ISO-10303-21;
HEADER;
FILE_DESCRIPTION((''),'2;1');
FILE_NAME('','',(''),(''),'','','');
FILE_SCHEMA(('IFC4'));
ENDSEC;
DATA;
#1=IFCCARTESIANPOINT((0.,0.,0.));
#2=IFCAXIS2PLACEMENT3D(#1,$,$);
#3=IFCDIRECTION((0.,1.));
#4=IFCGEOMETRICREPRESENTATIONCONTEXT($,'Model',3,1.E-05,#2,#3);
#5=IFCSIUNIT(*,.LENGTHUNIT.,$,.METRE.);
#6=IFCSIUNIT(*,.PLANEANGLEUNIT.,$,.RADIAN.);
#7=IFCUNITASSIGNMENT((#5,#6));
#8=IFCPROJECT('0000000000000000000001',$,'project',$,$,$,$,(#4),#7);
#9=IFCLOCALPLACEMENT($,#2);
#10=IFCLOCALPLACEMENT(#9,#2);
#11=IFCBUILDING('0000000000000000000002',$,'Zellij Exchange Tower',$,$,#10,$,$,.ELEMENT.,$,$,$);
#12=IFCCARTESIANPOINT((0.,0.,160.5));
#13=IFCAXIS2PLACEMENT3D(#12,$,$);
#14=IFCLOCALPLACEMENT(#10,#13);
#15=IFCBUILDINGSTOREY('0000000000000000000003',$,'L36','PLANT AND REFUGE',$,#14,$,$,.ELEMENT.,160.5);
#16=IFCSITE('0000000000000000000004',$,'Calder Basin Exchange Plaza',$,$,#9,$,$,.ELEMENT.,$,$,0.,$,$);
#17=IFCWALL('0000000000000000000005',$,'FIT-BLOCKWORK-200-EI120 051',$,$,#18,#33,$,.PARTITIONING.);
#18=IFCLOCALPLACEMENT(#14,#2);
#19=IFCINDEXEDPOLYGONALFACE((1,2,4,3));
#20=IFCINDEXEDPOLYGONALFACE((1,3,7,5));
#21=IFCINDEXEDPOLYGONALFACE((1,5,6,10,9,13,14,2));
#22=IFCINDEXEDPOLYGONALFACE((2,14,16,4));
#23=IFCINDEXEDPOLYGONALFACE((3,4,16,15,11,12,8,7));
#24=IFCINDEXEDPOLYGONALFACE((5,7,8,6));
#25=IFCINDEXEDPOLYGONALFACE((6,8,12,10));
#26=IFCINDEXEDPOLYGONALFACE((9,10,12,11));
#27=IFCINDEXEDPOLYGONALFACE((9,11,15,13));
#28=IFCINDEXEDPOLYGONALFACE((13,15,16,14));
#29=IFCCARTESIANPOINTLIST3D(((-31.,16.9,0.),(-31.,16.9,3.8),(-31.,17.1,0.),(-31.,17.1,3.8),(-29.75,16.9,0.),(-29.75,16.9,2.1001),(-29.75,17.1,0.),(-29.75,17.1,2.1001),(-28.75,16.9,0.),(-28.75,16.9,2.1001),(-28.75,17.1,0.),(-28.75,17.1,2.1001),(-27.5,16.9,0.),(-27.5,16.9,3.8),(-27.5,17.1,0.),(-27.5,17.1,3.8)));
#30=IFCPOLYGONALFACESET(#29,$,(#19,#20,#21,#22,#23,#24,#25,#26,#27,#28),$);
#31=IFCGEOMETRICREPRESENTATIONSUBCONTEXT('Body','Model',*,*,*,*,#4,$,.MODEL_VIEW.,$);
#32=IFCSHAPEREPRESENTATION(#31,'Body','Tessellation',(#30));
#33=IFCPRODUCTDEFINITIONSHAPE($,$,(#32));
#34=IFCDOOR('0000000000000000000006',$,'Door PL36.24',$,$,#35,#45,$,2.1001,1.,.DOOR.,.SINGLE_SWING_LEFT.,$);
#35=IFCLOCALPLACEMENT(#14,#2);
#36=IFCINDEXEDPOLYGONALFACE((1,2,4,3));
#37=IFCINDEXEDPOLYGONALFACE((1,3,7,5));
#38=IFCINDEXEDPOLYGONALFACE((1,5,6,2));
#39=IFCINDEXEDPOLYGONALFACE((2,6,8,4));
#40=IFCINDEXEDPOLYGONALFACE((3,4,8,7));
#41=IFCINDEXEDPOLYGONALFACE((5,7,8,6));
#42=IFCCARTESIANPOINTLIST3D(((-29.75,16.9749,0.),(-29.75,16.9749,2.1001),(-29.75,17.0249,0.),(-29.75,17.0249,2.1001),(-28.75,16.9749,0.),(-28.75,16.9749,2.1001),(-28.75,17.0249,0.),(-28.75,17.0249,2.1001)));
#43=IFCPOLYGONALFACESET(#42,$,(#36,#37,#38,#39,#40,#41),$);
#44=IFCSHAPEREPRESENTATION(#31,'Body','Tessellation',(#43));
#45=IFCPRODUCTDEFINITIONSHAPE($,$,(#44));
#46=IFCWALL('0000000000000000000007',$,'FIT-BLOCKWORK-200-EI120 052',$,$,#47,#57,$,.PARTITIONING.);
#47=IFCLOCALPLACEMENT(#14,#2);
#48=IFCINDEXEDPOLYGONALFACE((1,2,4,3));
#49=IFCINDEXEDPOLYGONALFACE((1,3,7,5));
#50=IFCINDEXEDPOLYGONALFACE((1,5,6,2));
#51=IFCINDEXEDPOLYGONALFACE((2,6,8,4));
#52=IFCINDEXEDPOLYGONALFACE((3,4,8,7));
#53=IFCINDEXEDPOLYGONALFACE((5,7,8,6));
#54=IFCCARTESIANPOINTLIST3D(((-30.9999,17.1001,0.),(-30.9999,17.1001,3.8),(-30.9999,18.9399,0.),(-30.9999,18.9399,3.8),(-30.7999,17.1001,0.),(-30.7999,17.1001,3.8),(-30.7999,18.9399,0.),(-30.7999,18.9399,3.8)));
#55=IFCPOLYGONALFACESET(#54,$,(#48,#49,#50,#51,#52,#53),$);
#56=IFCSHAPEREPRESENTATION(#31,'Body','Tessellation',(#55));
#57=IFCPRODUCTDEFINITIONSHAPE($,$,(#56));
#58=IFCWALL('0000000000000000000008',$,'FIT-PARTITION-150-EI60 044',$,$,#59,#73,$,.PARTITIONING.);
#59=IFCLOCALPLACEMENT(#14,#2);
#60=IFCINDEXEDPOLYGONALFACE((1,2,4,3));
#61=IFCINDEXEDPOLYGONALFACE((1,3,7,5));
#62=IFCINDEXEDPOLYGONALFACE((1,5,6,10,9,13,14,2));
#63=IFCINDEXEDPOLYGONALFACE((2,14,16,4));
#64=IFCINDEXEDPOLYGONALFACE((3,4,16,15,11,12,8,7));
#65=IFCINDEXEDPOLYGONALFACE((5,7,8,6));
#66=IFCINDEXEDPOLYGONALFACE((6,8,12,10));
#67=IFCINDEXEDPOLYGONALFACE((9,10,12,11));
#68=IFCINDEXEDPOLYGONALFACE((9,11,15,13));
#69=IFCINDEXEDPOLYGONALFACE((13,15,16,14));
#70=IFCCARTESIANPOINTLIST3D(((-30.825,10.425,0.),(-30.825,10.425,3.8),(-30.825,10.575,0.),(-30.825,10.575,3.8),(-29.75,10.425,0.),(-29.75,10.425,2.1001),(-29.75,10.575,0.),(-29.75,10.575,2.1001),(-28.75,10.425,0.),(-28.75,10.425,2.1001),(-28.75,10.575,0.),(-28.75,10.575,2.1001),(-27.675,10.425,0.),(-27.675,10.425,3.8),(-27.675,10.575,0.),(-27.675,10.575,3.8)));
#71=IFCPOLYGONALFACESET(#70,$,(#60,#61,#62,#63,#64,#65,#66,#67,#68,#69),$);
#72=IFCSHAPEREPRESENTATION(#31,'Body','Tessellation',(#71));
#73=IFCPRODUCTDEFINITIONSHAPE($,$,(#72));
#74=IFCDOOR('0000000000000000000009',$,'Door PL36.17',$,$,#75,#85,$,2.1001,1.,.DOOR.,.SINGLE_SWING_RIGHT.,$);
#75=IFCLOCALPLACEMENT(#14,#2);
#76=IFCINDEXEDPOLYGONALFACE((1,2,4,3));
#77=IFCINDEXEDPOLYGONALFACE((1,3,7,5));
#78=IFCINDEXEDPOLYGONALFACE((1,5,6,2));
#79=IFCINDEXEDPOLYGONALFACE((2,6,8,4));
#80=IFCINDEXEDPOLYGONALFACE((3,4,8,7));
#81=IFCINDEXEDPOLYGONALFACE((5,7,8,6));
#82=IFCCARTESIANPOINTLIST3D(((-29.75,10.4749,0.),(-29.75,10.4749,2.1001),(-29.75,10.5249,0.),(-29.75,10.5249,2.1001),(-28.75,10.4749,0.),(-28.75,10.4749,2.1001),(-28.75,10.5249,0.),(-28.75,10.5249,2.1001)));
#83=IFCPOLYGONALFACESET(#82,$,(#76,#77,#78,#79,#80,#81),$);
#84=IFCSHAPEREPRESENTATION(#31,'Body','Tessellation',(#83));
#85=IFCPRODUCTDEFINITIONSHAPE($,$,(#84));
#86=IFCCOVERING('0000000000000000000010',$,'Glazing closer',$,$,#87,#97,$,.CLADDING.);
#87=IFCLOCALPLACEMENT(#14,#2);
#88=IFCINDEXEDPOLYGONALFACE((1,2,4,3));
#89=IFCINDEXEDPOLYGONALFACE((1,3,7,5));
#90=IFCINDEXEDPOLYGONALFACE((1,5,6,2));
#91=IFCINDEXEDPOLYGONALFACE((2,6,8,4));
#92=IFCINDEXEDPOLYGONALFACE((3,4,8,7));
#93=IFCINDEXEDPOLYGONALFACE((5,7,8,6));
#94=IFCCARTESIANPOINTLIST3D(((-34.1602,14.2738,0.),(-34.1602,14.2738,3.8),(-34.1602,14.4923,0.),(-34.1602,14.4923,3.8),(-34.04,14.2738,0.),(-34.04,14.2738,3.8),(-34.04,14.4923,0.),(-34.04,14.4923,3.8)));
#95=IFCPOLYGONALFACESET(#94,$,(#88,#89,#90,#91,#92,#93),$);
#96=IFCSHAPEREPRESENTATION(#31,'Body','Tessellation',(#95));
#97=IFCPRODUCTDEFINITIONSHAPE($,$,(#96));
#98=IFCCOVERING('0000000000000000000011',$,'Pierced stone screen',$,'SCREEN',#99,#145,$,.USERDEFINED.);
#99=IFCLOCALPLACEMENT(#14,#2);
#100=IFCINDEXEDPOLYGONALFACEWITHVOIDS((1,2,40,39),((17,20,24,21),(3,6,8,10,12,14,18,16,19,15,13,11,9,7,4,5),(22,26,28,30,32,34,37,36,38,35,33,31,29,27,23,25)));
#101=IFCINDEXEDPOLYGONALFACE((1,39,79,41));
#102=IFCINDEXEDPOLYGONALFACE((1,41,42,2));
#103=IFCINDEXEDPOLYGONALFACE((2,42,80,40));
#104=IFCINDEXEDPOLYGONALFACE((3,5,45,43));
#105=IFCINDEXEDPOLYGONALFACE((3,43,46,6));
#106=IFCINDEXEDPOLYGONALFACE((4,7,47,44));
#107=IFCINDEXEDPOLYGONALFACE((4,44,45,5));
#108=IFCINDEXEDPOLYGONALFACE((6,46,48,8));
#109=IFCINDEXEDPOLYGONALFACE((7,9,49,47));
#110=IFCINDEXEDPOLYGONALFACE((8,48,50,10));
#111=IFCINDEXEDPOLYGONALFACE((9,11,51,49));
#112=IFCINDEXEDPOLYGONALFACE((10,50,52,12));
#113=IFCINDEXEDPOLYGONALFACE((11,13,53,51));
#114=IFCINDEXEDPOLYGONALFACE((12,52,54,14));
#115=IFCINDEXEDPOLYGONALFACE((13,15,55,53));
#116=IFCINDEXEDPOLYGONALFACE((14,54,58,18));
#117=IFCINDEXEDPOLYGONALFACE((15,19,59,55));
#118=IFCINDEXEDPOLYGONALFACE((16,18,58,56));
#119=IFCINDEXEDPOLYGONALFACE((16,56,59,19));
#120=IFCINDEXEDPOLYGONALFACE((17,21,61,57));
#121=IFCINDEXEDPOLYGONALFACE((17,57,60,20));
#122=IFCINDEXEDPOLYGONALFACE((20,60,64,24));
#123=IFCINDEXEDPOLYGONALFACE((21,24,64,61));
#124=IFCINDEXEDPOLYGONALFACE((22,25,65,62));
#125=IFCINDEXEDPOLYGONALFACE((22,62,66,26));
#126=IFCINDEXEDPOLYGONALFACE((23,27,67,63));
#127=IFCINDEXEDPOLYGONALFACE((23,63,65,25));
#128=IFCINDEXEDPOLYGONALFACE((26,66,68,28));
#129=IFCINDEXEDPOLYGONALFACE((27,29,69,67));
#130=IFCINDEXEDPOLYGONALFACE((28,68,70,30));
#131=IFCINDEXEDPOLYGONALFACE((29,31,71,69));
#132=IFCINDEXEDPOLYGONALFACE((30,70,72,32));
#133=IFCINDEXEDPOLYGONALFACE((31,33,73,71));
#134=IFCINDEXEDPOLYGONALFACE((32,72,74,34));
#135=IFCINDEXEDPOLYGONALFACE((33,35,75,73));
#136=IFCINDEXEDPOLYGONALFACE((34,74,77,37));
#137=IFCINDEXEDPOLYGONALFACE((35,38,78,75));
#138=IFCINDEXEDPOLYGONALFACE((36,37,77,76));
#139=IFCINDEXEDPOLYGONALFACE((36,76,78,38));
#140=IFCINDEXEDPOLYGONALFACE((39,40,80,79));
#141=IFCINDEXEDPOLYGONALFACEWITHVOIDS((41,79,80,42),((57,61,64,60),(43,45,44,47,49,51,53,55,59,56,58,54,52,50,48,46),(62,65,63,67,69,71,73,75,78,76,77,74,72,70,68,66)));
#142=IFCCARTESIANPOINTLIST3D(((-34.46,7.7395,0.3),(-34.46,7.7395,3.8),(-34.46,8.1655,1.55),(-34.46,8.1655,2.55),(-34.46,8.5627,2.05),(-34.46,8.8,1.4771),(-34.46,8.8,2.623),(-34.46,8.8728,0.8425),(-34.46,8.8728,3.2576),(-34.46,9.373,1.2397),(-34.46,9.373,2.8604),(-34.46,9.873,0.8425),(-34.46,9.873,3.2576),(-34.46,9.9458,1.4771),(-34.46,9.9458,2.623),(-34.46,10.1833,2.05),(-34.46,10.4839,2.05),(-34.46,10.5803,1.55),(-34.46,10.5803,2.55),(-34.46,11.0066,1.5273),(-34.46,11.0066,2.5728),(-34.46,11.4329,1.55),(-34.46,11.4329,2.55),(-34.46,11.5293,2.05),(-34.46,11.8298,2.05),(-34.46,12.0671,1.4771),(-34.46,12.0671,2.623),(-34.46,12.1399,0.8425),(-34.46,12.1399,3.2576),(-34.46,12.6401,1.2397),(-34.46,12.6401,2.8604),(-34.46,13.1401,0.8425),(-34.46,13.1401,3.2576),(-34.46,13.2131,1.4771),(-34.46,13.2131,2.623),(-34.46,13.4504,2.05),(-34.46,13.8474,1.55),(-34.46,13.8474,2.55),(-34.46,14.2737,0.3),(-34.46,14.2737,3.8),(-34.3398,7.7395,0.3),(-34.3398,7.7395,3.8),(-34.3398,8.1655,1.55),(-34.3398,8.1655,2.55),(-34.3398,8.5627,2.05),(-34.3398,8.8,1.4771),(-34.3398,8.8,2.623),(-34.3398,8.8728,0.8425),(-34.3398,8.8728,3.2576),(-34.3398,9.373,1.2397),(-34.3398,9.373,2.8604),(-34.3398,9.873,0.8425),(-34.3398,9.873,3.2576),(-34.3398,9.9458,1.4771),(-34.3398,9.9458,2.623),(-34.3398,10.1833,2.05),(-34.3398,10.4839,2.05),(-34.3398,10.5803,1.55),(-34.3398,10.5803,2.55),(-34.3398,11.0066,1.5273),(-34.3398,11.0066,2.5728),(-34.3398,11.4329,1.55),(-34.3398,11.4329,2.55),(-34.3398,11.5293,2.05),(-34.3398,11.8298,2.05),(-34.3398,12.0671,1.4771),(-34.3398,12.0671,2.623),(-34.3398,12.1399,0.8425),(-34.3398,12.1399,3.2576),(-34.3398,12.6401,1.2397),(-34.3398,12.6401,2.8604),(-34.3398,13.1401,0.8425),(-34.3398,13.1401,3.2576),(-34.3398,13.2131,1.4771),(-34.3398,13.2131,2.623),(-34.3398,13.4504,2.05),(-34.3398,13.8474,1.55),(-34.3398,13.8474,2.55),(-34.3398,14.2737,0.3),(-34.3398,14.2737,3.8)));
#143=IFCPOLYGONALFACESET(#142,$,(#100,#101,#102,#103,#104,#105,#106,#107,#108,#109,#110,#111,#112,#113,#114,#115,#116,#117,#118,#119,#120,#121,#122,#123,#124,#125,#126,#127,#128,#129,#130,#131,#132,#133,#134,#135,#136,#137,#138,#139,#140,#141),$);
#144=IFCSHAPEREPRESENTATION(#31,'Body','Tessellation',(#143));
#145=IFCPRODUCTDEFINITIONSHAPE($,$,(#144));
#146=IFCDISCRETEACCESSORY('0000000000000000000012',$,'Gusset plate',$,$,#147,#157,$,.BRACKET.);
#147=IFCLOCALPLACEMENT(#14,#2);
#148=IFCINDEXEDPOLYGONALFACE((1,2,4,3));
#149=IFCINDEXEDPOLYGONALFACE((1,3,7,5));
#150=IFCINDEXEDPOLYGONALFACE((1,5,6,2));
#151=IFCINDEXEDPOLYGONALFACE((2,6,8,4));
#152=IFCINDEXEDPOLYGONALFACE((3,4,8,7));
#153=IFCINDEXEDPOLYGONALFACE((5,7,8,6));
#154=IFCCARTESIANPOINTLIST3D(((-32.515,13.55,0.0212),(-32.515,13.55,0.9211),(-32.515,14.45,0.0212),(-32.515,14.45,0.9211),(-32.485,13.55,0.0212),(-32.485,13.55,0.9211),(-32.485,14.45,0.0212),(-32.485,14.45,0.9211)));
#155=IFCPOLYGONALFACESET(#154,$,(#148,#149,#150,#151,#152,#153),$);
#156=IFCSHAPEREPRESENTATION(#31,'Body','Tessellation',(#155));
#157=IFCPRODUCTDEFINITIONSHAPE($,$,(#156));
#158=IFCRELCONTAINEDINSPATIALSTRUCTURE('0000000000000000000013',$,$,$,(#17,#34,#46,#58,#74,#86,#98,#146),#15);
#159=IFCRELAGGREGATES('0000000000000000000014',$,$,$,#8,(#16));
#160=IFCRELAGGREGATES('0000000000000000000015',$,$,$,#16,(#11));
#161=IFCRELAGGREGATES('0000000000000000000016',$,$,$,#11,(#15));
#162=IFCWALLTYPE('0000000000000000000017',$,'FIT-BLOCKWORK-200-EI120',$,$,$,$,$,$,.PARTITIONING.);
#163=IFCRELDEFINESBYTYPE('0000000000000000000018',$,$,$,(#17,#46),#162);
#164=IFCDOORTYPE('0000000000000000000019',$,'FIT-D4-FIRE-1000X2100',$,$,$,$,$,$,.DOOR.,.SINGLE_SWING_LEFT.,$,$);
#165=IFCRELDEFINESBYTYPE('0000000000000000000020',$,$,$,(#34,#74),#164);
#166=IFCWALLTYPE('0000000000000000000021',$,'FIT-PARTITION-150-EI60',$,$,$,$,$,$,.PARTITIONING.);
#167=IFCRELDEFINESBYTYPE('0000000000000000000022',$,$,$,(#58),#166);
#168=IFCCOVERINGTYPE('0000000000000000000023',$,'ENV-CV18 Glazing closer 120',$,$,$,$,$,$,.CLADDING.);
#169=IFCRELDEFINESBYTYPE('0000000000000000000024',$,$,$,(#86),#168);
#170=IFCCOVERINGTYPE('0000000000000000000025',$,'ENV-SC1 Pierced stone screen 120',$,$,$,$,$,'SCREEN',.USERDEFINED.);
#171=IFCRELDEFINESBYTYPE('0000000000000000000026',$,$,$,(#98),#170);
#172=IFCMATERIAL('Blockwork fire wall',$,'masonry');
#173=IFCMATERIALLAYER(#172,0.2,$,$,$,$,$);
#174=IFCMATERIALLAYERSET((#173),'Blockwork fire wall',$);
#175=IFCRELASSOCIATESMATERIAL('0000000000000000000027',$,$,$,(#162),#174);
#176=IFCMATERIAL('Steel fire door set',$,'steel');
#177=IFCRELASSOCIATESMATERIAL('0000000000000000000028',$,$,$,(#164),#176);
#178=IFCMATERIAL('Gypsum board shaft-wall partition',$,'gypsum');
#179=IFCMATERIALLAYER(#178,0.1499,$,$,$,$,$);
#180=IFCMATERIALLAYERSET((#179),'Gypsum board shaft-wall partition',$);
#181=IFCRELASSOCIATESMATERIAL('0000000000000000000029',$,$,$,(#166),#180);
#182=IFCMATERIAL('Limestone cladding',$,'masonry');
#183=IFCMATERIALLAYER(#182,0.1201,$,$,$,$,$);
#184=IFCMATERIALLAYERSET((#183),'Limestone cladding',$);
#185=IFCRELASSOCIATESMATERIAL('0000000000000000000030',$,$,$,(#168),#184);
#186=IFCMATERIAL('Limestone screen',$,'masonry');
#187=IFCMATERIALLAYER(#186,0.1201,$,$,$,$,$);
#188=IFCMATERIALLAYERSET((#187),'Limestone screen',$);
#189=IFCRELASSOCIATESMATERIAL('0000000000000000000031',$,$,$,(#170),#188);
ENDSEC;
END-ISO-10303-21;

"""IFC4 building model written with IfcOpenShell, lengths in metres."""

from ifc_helpers import new_model, si_unit, direction, frame, frame_2d, origin, origin_2d, place, context, subcontext, project, spatial, polyline, rectangle, outline, extrude, material, layer, layer_set, type_object, element, fill, save


model = new_model("IFC4")

# Units and contexts
model_context = context("Model", 3, precision=1e-05, world=origin(), true_north=direction((0.0, 1.0)))
body_context = subcontext(model_context, "Body", "Model", "MODEL_VIEW")
ifc_project = project(units=[si_unit("LENGTHUNIT", "METRE"), si_unit("PLANEANGLEUNIT", "RADIAN")], contexts=[model_context])

# Site, building, storey
site_placement = place(None, origin())
site = spatial("IfcSite", under=ifc_project, at=site_placement, Name="Calder Basin Exchange Plaza", CompositionType="ELEMENT", RefElevation=0.0)
building_placement = place(site_placement, origin())
building = spatial("IfcBuilding", under=site, at=building_placement, Name="Zellij Exchange Tower", CompositionType="ELEMENT")
storey_placement = place(building_placement, frame((0.0, 0.0, 160.5)))
storey = spatial("IfcBuildingStorey", under=building, at=storey_placement, Name="L36", Description="PLANT AND REFUGE", CompositionType="ELEMENT", Elevation=160.5)

# Wall, opening, door
ifc_material_1 = material(Name="Blockwork fire wall", Category="masonry")
ifc_layer_1 = layer(ifc_material_1, 0.2)
ifc_layer_set_1 = layer_set([ifc_layer_1], Name="Blockwork fire wall")
wall_type_1 = type_object("IfcWallType", Name="FIT-BLOCKWORK-200-EI120", PredefinedType="PARTITIONING", material=ifc_layer_set_1)
wall_1_placement = place(storey_placement, frame((-31.0, 17.0, 0.0), z_axis=(0.0, 0.0, 1.0), x_axis=(1.0, 0.0, 0.0)))
wall_1 = element("IfcWall", 1, at=wall_1_placement, inside=storey, type_object=wall_type_1, Name="FIT-BLOCKWORK-200-EI120 051", PredefinedType="PARTITIONING", context=body_context, shape_type="SweptSolid", body=[
    extrude(rectangle(XDim=3.5, YDim=0.2, at=frame_2d((1.75, 0.0))), origin(), (0.0, 0.0, 1.0), 3.8),
])
opening_1_placement = place(wall_1_placement, frame((1.25, 0.0, 0.0)))
opening_1 = element("IfcOpeningElement", 2, at=opening_1_placement, cuts=wall_1, PredefinedType="OPENING", context=body_context, shape_type="SweptSolid", body=[
    extrude(rectangle(XDim=1.0, YDim=2.1001, at=frame_2d((0.5, 1.05))), frame((0.0, 0.1118, 0.0), z_axis=(0.0, -1.0, 0.0), x_axis=(1.0, 0.0, 0.0)), (0.0, 0.0, 1.0), 0.2239),
])
ifc_material_2 = material(Name="Steel fire door set", Category="steel")
door_type = type_object("IfcDoorType", Name="FIT-D4-FIRE-1000X2100", OperationType="SINGLE_SWING_LEFT", PredefinedType="DOOR", material=ifc_material_2)
door_1_placement = place(opening_1_placement, origin())
door_1 = element("IfcDoor", 3, at=door_1_placement, inside=storey, type_object=door_type, Name="Door PL36.24", OperationType="SINGLE_SWING_LEFT", OverallHeight=2.1001, OverallWidth=1.0, PredefinedType="DOOR", context=body_context, shape_type="SweptSolid", body=[
    extrude(rectangle(XDim=1.0, YDim=2.1001, at=frame_2d((0.5, 1.05))), frame((0.0, 0.0249, 0.0), z_axis=(0.0, -1.0, 0.0), x_axis=(1.0, 0.0, 0.0)), (0.0, 0.0, 1.0), 0.05),
])
fill(opening_1, door_1)

# Wall
wall_2_placement = place(storey_placement, frame((-30.8999, 17.1001, 0.0), z_axis=(0.0, 0.0, 1.0), x_axis=(0.0, 1.0, 0.0)))
element("IfcWall", 4, at=wall_2_placement, inside=storey, type_object=wall_type_1, Name="FIT-BLOCKWORK-200-EI120 052", PredefinedType="PARTITIONING", context=body_context, shape_type="SweptSolid", body=[
    extrude(rectangle(XDim=1.8398, YDim=0.2, at=frame_2d((0.9199, 0.0))), origin(), (0.0, 0.0, 1.0), 3.8),
])

# Wall, opening, door
ifc_material_3 = material(Name="Gypsum board shaft-wall partition", Category="gypsum")
ifc_layer_2 = layer(ifc_material_3, 0.1499)
ifc_layer_set_2 = layer_set([ifc_layer_2], Name="Gypsum board shaft-wall partition")
wall_type_2 = type_object("IfcWallType", Name="FIT-PARTITION-150-EI60", PredefinedType="PARTITIONING", material=ifc_layer_set_2)
wall_3_placement = place(storey_placement, frame((-30.825, 10.5, 0.0), z_axis=(0.0, 0.0, 1.0), x_axis=(1.0, 0.0, 0.0)))
wall_3 = element("IfcWall", 5, at=wall_3_placement, inside=storey, type_object=wall_type_2, Name="FIT-PARTITION-150-EI60 044", PredefinedType="PARTITIONING", context=body_context, shape_type="SweptSolid", body=[
    extrude(rectangle(XDim=3.1499, YDim=0.1499, at=frame_2d((1.575, 0.0))), origin(), (0.0, 0.0, 1.0), 3.8),
])
opening_2_placement = place(wall_3_placement, frame((1.075, 0.0, 0.0)))
opening_2 = element("IfcOpeningElement", 6, at=opening_2_placement, cuts=wall_3, PredefinedType="OPENING", context=body_context, shape_type="SweptSolid", body=[
    extrude(rectangle(XDim=1.0, YDim=2.1001, at=frame_2d((0.5, 1.05))), frame((0.0, 0.0869, 0.0), z_axis=(0.0, -1.0, 0.0), x_axis=(1.0, 0.0, 0.0)), (0.0, 0.0, 1.0), 0.1738),
])
door_2_placement = place(opening_2_placement, origin())
door_2 = element("IfcDoor", 7, at=door_2_placement, inside=storey, type_object=door_type, Name="Door PL36.17", OperationType="SINGLE_SWING_RIGHT", OverallHeight=2.1001, OverallWidth=1.0, PredefinedType="DOOR", context=body_context, shape_type="SweptSolid", body=[
    extrude(rectangle(XDim=1.0, YDim=2.1001, at=frame_2d((0.5, 1.05))), frame((0.0, 0.0249, 0.0), z_axis=(0.0, -1.0, 0.0), x_axis=(1.0, 0.0, 0.0)), (0.0, 0.0, 1.0), 0.05),
])
fill(opening_2, door_2)

# Coverings
ifc_material_4 = material(Name="Limestone cladding", Category="masonry")
ifc_layer_3 = layer(ifc_material_4, 0.1201)
ifc_layer_set_3 = layer_set([ifc_layer_3], Name="Limestone cladding")
covering_type_1 = type_object("IfcCoveringType", Name="ENV-CV18 Glazing closer 120", PredefinedType="CLADDING", material=ifc_layer_set_3)
covering_1_placement = place(storey_placement, frame((-34.1001, 14.3831, 0.0), z_axis=(0.0, 0.0, 1.0), x_axis=(0.0, 1.0, 0.0)))
element("IfcCovering", 8, at=covering_1_placement, inside=storey, type_object=covering_type_1, Name="Glazing closer", PredefinedType="CLADDING", context=body_context, shape_type="SweptSolid", body=[
    extrude(rectangle(XDim=0.2185, YDim=0.1201, at=origin_2d()), origin(), (0.0, 0.0, 1.0), 3.8),
])
ifc_material_5 = material(Name="Limestone screen", Category="masonry")
ifc_layer_4 = layer(ifc_material_5, 0.1201)
ifc_layer_set_4 = layer_set([ifc_layer_4], Name="Limestone screen")
covering_type_2 = type_object("IfcCoveringType", Name="ENV-SC1 Pierced stone screen 120", ElementType="SCREEN", PredefinedType="USERDEFINED", material=ifc_layer_set_4)
covering_2_placement = place(storey_placement, frame((-34.3999, 14.2737, 0.3), z_axis=(0.0, 0.0, 1.0), x_axis=(0.0, -1.0, 0.0)))
element("IfcCovering", 9, at=covering_2_placement, inside=storey, type_object=covering_type_2, Name="Pierced stone screen", ObjectType="SCREEN", PredefinedType="USERDEFINED", context=body_context, shape_type="SweptSolid", body=[
    extrude(outline(polyline([(0.0, 0.0), (6.5342, 0.0), (6.5342, 3.5), (0.0, 3.5), (0.0, 0.0)]), holes=[polyline([(2.8408, 2.25), (2.2065, 2.323), (2.1338, 2.9575), (1.6335, 2.5603), (1.1335, 2.9575), (1.0605, 2.323), (0.4263, 2.25), (0.8232, 1.75), (0.4263, 1.25), (1.0605, 1.177), (1.1335, 0.5425), (1.6335, 0.9397), (2.1338, 0.5425), (2.2065, 1.177), (2.8408, 1.25), (2.4438, 1.75), (2.8408, 2.25)]), polyline([(6.1082, 2.25), (5.4736, 2.323), (5.4009, 2.9575), (4.9006, 2.5603), (4.4006, 2.9575), (4.3279, 2.323), (3.6934, 2.25), (4.0903, 1.75), (3.6934, 1.25), (4.3279, 1.177), (4.4006, 0.5425), (4.9006, 0.9397), (5.4009, 0.5425), (5.4736, 1.177), (6.1082, 1.25), (5.7109, 1.75), (6.1082, 2.25)]), polyline([(3.7898, 1.75), (3.2671, 2.2727), (2.7444, 1.75), (3.2671, 1.2273), (3.7898, 1.75)])]), frame((0.0, 0.0601, 0.0), z_axis=(0.0, -1.0, 0.0), x_axis=(1.0, 0.0, 0.0)), (0.0, 0.0, 1.0), 0.1201),
])

# Discrete accessory
discrete_accessory_placement = place(storey_placement, frame((-32.5, 14.0, 0.0212), z_axis=(0.0, 0.0, 1.0), x_axis=(0.0, 1.0, 0.0)))
element("IfcDiscreteAccessory", 10, at=discrete_accessory_placement, inside=storey, Name="Gusset plate", PredefinedType="BRACKET", context=body_context, shape_type="SweptSolid", body=[
    extrude(rectangle(XDim=0.8999, YDim=0.03, at=origin_2d()), origin(), (0.0, 0.0, 1.0), 0.8999),
])

save(model, "model.ifc")
